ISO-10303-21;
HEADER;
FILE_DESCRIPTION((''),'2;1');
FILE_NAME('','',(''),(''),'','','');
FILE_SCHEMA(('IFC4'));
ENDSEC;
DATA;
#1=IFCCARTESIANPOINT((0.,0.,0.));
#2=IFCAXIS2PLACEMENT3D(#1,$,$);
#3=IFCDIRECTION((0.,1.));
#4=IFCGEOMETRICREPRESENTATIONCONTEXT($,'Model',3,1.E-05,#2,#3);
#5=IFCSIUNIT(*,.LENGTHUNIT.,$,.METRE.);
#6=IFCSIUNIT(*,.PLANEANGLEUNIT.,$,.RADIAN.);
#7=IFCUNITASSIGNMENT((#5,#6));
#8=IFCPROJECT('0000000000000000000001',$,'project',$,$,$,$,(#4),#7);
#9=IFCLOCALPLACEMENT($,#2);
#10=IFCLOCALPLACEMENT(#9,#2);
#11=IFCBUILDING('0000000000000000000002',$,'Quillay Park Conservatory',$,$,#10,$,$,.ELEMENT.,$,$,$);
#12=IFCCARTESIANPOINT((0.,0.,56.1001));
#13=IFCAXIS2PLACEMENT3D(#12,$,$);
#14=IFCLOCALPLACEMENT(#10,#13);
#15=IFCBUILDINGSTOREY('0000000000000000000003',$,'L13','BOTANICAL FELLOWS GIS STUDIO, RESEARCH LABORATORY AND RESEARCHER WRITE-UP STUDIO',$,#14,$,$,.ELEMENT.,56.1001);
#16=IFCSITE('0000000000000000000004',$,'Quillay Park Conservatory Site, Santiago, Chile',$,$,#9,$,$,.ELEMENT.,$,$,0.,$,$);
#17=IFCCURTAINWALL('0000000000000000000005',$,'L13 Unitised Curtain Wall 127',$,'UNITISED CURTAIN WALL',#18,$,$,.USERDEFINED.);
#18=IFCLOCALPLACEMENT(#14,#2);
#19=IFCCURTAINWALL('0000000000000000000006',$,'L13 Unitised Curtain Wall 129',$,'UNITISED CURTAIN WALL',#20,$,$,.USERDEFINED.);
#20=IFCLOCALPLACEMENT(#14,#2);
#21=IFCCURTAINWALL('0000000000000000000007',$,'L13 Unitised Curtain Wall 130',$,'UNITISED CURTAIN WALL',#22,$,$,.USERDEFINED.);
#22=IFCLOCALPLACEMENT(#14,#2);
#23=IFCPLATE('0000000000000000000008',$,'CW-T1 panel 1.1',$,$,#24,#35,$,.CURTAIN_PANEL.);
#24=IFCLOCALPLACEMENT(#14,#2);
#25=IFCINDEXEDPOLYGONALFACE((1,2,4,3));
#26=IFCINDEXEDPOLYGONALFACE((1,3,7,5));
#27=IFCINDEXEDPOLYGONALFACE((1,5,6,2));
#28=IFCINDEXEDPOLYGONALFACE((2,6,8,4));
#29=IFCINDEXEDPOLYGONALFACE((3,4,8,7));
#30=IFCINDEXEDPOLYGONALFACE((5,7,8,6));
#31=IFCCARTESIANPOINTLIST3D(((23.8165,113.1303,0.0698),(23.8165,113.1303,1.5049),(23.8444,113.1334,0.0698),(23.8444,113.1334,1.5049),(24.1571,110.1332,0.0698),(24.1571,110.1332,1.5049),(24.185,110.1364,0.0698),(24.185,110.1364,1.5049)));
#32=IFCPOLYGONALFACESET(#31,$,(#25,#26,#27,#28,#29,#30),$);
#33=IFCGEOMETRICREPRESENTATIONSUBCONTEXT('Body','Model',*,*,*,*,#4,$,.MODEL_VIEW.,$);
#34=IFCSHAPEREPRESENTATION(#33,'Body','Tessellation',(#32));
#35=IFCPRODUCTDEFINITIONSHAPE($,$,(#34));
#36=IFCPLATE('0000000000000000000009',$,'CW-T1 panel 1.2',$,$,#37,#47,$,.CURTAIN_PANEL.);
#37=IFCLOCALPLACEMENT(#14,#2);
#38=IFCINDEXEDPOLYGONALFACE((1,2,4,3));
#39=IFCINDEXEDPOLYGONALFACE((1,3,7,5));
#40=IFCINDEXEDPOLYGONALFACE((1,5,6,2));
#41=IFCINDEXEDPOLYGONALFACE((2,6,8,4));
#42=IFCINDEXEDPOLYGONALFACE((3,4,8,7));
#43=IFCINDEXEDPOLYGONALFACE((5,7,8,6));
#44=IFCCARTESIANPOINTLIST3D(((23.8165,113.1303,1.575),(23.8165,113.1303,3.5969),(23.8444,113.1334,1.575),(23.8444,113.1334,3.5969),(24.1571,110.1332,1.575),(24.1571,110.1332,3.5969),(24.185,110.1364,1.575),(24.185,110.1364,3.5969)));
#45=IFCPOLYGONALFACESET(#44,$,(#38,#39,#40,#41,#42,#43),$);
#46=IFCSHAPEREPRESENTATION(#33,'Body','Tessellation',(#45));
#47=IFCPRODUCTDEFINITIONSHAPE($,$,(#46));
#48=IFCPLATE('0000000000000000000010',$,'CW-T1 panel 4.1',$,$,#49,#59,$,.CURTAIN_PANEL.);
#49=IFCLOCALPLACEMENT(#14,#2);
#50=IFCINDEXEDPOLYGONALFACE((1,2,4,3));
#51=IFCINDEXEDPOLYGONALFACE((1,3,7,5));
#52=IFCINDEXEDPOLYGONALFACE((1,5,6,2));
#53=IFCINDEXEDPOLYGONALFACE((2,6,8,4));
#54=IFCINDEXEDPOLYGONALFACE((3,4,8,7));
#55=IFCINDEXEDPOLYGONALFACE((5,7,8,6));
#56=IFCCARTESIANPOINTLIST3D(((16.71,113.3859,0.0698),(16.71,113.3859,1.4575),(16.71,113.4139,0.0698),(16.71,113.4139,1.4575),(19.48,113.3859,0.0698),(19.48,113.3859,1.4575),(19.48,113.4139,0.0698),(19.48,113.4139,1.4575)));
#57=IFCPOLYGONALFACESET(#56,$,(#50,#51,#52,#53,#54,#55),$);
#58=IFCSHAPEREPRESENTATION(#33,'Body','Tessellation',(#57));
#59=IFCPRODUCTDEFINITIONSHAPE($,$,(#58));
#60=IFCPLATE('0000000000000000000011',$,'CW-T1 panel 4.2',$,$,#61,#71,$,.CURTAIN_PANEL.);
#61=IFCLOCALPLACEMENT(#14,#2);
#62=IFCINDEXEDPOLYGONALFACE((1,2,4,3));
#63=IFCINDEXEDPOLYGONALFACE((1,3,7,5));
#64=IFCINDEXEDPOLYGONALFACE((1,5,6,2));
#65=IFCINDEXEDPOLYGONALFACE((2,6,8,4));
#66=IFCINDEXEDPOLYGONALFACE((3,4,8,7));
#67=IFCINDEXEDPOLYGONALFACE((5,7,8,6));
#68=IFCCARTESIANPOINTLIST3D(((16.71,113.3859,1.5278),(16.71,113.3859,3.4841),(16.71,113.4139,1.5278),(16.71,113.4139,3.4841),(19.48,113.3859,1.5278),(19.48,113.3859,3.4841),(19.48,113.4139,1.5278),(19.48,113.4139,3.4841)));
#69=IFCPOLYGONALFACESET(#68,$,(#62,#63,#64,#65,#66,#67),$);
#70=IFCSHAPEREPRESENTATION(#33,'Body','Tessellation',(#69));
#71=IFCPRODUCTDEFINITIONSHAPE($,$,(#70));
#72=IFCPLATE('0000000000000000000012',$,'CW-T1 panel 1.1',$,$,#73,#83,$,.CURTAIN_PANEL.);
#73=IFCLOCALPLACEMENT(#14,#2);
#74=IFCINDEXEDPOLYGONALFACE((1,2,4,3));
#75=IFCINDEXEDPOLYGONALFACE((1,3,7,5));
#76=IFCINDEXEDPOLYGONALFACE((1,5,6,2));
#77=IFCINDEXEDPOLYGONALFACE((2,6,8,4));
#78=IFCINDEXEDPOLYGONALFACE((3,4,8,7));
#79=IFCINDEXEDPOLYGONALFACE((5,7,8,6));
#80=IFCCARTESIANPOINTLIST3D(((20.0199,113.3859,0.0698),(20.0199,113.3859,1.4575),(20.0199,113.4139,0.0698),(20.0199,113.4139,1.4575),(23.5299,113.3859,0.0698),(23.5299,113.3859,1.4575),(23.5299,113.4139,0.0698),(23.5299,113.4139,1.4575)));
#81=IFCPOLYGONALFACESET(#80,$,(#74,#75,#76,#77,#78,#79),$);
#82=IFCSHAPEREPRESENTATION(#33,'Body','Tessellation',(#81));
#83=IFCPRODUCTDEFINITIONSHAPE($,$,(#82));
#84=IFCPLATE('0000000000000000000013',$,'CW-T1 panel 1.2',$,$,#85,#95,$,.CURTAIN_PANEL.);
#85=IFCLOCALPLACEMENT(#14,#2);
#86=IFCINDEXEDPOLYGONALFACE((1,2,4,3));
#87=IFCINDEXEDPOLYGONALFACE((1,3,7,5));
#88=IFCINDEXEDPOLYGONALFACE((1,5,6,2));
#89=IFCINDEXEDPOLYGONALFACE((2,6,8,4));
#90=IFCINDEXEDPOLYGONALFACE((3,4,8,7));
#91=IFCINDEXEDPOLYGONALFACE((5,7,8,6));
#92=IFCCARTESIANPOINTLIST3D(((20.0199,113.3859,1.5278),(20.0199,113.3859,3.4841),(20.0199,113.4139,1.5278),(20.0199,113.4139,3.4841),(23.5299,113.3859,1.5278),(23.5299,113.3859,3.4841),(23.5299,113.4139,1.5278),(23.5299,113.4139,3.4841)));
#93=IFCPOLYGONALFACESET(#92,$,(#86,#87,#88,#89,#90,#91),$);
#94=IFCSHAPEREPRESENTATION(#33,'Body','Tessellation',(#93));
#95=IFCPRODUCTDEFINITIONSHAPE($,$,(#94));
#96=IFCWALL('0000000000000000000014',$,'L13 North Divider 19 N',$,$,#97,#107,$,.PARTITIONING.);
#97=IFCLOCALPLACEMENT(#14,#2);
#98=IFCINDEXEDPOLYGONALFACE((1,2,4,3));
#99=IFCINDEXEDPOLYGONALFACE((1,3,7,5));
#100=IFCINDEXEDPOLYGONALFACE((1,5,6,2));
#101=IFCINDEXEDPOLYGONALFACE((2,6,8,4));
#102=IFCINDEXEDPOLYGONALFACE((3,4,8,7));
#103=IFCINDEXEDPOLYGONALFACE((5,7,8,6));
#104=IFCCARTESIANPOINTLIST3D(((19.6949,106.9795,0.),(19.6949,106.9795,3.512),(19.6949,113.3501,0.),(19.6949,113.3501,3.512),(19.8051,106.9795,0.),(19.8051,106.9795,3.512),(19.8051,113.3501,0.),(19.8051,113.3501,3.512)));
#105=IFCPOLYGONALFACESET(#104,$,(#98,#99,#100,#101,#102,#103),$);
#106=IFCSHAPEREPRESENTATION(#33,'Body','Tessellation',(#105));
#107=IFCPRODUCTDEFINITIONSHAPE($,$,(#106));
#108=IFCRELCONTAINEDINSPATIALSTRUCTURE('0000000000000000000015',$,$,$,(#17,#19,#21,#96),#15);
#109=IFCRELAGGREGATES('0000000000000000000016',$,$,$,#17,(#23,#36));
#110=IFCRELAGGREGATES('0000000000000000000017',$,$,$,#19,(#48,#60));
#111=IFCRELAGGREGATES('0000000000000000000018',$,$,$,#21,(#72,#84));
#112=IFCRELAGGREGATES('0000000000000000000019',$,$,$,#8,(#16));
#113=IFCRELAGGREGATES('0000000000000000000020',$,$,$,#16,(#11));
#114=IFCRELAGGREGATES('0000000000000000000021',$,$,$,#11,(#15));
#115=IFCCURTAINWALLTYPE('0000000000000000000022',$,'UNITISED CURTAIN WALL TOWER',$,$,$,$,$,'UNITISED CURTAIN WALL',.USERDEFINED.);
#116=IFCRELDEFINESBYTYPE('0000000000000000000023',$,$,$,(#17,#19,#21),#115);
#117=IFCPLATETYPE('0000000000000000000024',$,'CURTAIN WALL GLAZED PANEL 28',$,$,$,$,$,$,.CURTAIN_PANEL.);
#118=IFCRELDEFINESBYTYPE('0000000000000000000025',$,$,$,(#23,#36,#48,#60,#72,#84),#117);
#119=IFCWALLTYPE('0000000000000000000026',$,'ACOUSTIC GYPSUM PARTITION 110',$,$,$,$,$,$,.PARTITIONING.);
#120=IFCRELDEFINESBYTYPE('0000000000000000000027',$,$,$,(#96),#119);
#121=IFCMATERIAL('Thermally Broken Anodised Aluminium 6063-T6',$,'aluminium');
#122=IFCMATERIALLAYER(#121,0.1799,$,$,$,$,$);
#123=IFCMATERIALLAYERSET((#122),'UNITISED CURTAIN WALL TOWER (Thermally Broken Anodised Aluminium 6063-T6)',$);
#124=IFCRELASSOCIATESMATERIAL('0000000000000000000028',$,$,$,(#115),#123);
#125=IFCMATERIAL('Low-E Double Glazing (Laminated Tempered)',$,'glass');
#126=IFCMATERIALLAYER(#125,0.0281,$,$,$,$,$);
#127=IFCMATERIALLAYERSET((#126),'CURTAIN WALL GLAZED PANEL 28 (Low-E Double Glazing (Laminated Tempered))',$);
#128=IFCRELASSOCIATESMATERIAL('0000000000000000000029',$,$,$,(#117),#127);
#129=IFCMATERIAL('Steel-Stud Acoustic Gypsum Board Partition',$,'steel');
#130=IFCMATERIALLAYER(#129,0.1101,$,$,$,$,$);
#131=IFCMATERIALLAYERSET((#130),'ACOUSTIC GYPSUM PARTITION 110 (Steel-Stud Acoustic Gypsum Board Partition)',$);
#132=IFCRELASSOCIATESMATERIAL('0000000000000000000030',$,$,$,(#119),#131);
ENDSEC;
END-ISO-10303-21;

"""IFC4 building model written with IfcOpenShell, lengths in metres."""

from ifc_helpers import new_model, si_unit, direction, frame, frame_2d, origin, origin_2d, place, context, subcontext, project, spatial, rectangle, extrude, material, layer, layer_set, type_object, element, aggregate, save


model = new_model("IFC4")

# Units and contexts
model_context = context("Model", 3, precision=1e-05, world=origin(), true_north=direction((0.0, 1.0)))
body_context = subcontext(model_context, "Body", "Model", "MODEL_VIEW")
ifc_project = project(units=[si_unit("LENGTHUNIT", "METRE"), si_unit("PLANEANGLEUNIT", "RADIAN")], contexts=[model_context])

# Site, building, storey
site_placement = place(None, origin())
site = spatial("IfcSite", under=ifc_project, at=site_placement, Name="Quillay Park Conservatory Site, Santiago, Chile", CompositionType="ELEMENT", RefElevation=0.0)
building_placement = place(site_placement, origin())
building = spatial("IfcBuilding", under=site, at=building_placement, Name="Quillay Park Conservatory", CompositionType="ELEMENT")
storey_placement = place(building_placement, frame((0.0, 0.0, 56.1001)))
storey = spatial("IfcBuildingStorey", under=building, at=storey_placement, Name="L13", Description="BOTANICAL FELLOWS GIS STUDIO, RESEARCH LABORATORY AND RESEARCHER WRITE-UP STUDIO", CompositionType="ELEMENT", Elevation=56.1001)

# Curtain wall
ifc_material_1 = material(Name="Thermally Broken Anodised Aluminium 6063-T6", Category="aluminium")
ifc_layer_1 = layer(ifc_material_1, 0.1799)
ifc_layer_set_1 = layer_set([ifc_layer_1], Name="UNITISED CURTAIN WALL TOWER (Thermally Broken Anodised Aluminium 6063-T6)")
curtain_wall_type = type_object("IfcCurtainWallType", Name="UNITISED CURTAIN WALL TOWER", ElementType="UNITISED CURTAIN WALL", PredefinedType="USERDEFINED", material=ifc_layer_set_1)
curtain_wall_1_placement = place(storey_placement, origin())
curtain_wall_1 = element("IfcCurtainWall", 1, at=curtain_wall_1_placement, inside=storey, type_object=curtain_wall_type, Name="L13 Unitised Curtain Wall 127", ObjectType="UNITISED CURTAIN WALL", PredefinedType="USERDEFINED")

# Curtain wall
curtain_wall_2_placement = place(storey_placement, origin())
curtain_wall_2 = element("IfcCurtainWall", 2, at=curtain_wall_2_placement, inside=storey, type_object=curtain_wall_type, Name="L13 Unitised Curtain Wall 129", ObjectType="UNITISED CURTAIN WALL", PredefinedType="USERDEFINED")

# Curtain wall
curtain_wall_3_placement = place(storey_placement, origin())
curtain_wall_3 = element("IfcCurtainWall", 3, at=curtain_wall_3_placement, inside=storey, type_object=curtain_wall_type, Name="L13 Unitised Curtain Wall 130", ObjectType="UNITISED CURTAIN WALL", PredefinedType="USERDEFINED")

# Plates
ifc_material_2 = material(Name="Low-E Double Glazing (Laminated Tempered)", Category="glass")
ifc_layer_2 = layer(ifc_material_2, 0.0281)
ifc_layer_set_2 = layer_set([ifc_layer_2], Name="CURTAIN WALL GLAZED PANEL 28 (Low-E Double Glazing (Laminated Tempered))")
plate_type = type_object("IfcPlateType", Name="CURTAIN WALL GLAZED PANEL 28", PredefinedType="CURTAIN_PANEL", material=ifc_layer_set_2)
plate_1_placement = place(storey_placement, frame((24.0007, 111.6333, 0.0698), z_axis=(0.0, 0.0, 1.0), x_axis=(0.112903, -0.993606, 0.0)))
plate_1 = element("IfcPlate", 4, at=plate_1_placement, type_object=plate_type, Name="CW-T1 panel 1.1", PredefinedType="CURTAIN_PANEL", context=body_context, shape_type="SweptSolid", body=[
    extrude(rectangle(XDim=3.0164, YDim=0.0281, at=origin_2d()), origin(), (0.0, 0.0, 1.0), 1.4351),
])
plate_2_placement = place(storey_placement, frame((24.0007, 111.6333, 1.575), z_axis=(0.0, 0.0, 1.0), x_axis=(0.112903, -0.993606, 0.0)))
plate_2 = element("IfcPlate", 5, at=plate_2_placement, type_object=plate_type, Name="CW-T1 panel 1.2", PredefinedType="CURTAIN_PANEL", context=body_context, shape_type="SweptSolid", body=[
    extrude(rectangle(XDim=3.0164, YDim=0.0281, at=origin_2d()), origin(), (0.0, 0.0, 1.0), 2.022),
])
aggregate(curtain_wall_1, [plate_1, plate_2])
plate_3_placement = place(storey_placement, frame((18.095, 113.3999, 0.0698), z_axis=(0.0, 0.0, 1.0), x_axis=(1.0, 0.0, 0.0)))
plate_3 = element("IfcPlate", 6, at=plate_3_placement, type_object=plate_type, Name="CW-T1 panel 4.1", PredefinedType="CURTAIN_PANEL", context=body_context, shape_type="SweptSolid", body=[
    extrude(rectangle(XDim=2.77, YDim=0.0281, at=origin_2d()), origin(), (0.0, 0.0, 1.0), 1.3877),
])
plate_4_placement = place(storey_placement, frame((18.095, 113.3999, 1.5278), z_axis=(0.0, 0.0, 1.0), x_axis=(1.0, 0.0, 0.0)))
plate_4 = element("IfcPlate", 7, at=plate_4_placement, type_object=plate_type, Name="CW-T1 panel 4.2", PredefinedType="CURTAIN_PANEL", context=body_context, shape_type="SweptSolid", body=[
    extrude(rectangle(XDim=2.77, YDim=0.0281, at=origin_2d()), origin(), (0.0, 0.0, 1.0), 1.9563),
])
aggregate(curtain_wall_2, [plate_3, plate_4])
plate_5_placement = place(storey_placement, frame((21.7749, 113.3999, 0.0698), z_axis=(0.0, 0.0, 1.0), x_axis=(1.0, 0.0, 0.0)))
plate_5 = element("IfcPlate", 8, at=plate_5_placement, type_object=plate_type, Name="CW-T1 panel 1.1", PredefinedType="CURTAIN_PANEL", context=body_context, shape_type="SweptSolid", body=[
    extrude(rectangle(XDim=3.51, YDim=0.0281, at=origin_2d()), origin(), (0.0, 0.0, 1.0), 1.3877),
])
plate_6_placement = place(storey_placement, frame((21.7749, 113.3999, 1.5278), z_axis=(0.0, 0.0, 1.0), x_axis=(1.0, 0.0, 0.0)))
plate_6 = element("IfcPlate", 9, at=plate_6_placement, type_object=plate_type, Name="CW-T1 panel 1.2", PredefinedType="CURTAIN_PANEL", context=body_context, shape_type="SweptSolid", body=[
    extrude(rectangle(XDim=3.51, YDim=0.0281, at=origin_2d()), origin(), (0.0, 0.0, 1.0), 1.9563),
])
aggregate(curtain_wall_3, [plate_5, plate_6])

# Wall
ifc_material_3 = material(Name="Steel-Stud Acoustic Gypsum Board Partition", Category="steel")
ifc_layer_3 = layer(ifc_material_3, 0.1101)
ifc_layer_set_3 = layer_set([ifc_layer_3], Name="ACOUSTIC GYPSUM PARTITION 110 (Steel-Stud Acoustic Gypsum Board Partition)")
wall_type = type_object("IfcWallType", Name="ACOUSTIC GYPSUM PARTITION 110", PredefinedType="PARTITIONING", material=ifc_layer_set_3)
wall_placement = place(storey_placement, frame((19.75, 113.3501, 0.0), z_axis=(0.0, 0.0, 1.0), x_axis=(0.0, -1.0, 0.0)))
element("IfcWall", 10, at=wall_placement, inside=storey, type_object=wall_type, Name="L13 North Divider 19 N", PredefinedType="PARTITIONING", context=body_context, shape_type="SweptSolid", body=[
    extrude(rectangle(XDim=6.3706, YDim=0.1101, at=frame_2d((3.1853, 0.0))), origin(), (0.0, 0.0, 1.0), 3.512),
])

save(model, "model.ifc")
